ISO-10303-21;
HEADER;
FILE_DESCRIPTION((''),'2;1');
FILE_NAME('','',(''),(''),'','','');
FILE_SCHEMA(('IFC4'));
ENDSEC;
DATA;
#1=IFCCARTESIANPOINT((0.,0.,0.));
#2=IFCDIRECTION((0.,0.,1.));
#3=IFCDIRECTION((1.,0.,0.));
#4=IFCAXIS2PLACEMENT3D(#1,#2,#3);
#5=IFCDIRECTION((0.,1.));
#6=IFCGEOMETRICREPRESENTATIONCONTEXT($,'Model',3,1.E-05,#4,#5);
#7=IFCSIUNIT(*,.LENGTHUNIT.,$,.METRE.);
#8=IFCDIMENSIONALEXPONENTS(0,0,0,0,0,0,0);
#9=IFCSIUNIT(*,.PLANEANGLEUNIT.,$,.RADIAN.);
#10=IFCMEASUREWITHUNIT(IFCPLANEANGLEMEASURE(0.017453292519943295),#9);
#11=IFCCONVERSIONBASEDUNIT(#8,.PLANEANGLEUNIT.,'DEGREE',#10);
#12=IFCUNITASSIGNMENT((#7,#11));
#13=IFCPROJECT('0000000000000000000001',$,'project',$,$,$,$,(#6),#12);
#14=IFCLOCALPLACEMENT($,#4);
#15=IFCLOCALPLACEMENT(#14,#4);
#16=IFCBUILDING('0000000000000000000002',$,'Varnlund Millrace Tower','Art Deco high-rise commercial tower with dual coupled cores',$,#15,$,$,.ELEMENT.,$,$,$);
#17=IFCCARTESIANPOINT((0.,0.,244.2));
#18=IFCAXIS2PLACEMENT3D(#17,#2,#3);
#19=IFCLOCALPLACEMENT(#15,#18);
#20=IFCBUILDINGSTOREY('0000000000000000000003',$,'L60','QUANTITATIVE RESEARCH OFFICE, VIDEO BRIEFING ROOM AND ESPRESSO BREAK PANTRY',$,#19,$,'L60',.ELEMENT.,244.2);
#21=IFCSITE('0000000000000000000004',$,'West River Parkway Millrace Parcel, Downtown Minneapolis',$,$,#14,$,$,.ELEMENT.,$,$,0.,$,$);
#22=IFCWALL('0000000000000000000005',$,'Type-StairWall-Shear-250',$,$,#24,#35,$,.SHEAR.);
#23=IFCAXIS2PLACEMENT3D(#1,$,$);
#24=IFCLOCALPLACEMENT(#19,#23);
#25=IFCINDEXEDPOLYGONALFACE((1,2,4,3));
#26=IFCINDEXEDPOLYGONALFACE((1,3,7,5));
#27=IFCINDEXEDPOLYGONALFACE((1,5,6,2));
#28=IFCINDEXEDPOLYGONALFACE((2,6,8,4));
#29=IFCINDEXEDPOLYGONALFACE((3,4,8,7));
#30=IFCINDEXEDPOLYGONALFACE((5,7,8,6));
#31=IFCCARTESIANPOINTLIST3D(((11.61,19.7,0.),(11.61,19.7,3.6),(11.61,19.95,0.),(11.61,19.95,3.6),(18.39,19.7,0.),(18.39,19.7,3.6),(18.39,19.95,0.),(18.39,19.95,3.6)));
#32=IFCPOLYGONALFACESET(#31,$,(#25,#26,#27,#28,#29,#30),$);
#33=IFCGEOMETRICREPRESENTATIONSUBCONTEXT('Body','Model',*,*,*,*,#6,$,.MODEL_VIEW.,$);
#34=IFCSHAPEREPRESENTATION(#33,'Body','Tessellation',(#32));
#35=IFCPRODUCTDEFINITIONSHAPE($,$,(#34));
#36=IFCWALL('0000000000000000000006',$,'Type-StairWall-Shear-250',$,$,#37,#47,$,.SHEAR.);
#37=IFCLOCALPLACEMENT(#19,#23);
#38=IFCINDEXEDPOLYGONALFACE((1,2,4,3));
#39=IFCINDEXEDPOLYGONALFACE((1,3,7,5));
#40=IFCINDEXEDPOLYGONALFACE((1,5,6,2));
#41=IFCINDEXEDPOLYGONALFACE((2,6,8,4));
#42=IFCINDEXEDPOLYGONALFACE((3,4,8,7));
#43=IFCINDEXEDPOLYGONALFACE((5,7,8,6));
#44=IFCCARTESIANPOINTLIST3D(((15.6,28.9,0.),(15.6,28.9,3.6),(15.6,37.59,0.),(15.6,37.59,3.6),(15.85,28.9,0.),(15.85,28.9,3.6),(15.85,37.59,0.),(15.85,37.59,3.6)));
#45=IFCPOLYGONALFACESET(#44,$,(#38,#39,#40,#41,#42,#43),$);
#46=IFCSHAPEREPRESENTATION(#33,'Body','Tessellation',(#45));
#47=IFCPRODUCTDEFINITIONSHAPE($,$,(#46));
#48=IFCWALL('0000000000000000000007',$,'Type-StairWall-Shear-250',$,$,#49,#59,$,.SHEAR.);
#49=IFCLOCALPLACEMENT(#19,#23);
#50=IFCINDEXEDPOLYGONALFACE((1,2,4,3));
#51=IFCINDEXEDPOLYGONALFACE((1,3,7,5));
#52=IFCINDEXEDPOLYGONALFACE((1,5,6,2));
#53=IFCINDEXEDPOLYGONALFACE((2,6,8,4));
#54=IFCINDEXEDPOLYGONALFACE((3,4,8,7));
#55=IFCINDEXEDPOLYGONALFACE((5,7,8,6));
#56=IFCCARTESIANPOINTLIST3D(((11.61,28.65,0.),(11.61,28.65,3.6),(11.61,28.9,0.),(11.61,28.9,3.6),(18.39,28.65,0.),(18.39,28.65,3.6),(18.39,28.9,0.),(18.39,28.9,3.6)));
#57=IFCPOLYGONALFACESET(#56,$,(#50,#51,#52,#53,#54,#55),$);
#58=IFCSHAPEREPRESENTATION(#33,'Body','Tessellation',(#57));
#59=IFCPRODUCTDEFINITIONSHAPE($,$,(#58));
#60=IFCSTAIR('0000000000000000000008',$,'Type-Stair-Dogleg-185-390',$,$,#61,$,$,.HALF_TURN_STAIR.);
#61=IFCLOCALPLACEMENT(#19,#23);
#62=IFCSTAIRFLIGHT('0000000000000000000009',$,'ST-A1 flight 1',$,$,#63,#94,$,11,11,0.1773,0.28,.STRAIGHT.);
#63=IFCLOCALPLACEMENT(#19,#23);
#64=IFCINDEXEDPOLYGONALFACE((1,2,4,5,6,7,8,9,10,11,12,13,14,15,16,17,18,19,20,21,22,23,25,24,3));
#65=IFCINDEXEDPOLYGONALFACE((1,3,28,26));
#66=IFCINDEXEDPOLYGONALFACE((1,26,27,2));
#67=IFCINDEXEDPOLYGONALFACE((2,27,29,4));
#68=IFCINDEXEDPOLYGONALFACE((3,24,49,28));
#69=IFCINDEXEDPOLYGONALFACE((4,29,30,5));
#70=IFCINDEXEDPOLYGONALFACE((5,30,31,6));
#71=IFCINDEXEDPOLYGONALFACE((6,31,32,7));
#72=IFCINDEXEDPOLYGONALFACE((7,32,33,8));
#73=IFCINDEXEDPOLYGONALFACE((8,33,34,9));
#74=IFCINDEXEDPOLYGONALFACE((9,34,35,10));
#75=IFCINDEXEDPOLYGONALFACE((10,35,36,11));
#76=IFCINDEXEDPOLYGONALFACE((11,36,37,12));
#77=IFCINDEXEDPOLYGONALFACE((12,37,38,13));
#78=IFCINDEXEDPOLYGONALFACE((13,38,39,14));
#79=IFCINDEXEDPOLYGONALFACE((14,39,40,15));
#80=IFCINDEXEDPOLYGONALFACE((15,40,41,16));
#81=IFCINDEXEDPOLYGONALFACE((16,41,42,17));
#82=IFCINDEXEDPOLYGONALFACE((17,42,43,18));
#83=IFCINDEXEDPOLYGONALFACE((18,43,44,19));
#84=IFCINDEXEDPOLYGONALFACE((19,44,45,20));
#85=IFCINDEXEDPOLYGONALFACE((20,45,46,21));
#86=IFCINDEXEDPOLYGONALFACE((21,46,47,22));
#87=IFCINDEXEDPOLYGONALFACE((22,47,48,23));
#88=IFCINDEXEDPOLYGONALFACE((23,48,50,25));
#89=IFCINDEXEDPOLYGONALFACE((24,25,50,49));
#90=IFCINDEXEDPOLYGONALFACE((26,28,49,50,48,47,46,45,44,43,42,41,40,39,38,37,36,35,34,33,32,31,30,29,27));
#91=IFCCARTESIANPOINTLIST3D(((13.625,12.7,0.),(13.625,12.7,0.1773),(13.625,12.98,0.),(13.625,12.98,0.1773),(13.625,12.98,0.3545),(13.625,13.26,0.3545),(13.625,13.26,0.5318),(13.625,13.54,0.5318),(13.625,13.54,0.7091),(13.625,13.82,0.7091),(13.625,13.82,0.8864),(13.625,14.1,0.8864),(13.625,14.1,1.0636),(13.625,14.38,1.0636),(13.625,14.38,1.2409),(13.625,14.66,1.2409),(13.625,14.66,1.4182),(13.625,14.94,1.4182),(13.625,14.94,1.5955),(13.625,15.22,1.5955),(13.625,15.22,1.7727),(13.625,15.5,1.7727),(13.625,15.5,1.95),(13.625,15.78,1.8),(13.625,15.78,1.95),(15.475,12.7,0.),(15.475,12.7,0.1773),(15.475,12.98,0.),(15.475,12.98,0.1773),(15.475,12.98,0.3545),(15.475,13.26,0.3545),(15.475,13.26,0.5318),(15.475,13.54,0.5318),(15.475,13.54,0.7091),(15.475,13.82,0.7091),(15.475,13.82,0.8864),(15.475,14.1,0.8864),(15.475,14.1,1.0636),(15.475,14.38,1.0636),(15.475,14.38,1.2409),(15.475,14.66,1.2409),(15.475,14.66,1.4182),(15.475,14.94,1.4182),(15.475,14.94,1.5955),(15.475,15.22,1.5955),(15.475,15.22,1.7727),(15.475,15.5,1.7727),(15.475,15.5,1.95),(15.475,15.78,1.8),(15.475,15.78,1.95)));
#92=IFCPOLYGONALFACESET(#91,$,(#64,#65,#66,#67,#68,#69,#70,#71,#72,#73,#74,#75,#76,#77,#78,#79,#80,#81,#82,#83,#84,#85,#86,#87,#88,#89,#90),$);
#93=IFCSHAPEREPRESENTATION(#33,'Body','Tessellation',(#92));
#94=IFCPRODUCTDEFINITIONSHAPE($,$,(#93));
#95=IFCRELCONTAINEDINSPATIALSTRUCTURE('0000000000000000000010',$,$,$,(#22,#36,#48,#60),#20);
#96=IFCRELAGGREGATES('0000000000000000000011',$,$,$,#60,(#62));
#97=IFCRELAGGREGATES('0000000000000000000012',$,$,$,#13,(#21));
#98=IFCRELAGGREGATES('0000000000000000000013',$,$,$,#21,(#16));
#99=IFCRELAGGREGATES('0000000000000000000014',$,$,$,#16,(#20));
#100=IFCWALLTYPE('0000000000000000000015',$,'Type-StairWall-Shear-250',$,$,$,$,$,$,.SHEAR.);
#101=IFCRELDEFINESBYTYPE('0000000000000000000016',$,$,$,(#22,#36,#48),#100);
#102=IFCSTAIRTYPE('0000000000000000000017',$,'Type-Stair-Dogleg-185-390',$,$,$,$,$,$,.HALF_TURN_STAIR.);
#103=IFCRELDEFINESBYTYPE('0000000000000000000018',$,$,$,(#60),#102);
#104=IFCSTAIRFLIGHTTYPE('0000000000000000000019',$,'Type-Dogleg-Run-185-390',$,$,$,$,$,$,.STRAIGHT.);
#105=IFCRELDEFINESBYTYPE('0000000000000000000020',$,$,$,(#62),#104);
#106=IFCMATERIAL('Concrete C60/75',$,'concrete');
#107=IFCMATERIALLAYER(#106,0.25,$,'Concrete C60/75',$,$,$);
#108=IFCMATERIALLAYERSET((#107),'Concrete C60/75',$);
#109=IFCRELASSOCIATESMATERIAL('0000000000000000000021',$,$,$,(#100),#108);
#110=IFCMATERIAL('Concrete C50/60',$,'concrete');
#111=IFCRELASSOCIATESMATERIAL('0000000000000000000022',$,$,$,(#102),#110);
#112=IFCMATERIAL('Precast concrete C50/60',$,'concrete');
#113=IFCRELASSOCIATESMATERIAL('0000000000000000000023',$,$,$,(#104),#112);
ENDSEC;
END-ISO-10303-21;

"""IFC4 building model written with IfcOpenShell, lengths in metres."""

from ifc_helpers import new_model, entity, si_unit, converted_unit, direction, frame, origin_with_axes, place, context, subcontext, project, spatial, polyline, outline, extrude, material, layer, layer_set, type_object, element, aggregate, save


model = new_model("IFC4")

# Units and contexts
model_context = context("Model", 3, precision=1e-05, world=origin_with_axes(), true_north=direction((0.0, 1.0)))
body_context = subcontext(model_context, "Body", "Model", "MODEL_VIEW")
ifc_project = project(units=[si_unit("LENGTHUNIT", "METRE"), converted_unit("PLANEANGLEUNIT", "DEGREE", entity("IfcPlaneAngleMeasure", 0.017453292519943295), si_unit("PLANEANGLEUNIT", "RADIAN"), dimensions=[0, 0, 0, 0, 0, 0, 0])], contexts=[model_context])

# Site, building, storey
site_placement = place(None, origin_with_axes())
site = spatial("IfcSite", under=ifc_project, at=site_placement, Name="West River Parkway Millrace Parcel, Downtown Minneapolis", CompositionType="ELEMENT", RefElevation=0.0)
building_placement = place(site_placement, origin_with_axes())
building = spatial("IfcBuilding", under=site, at=building_placement, Name="Varnlund Millrace Tower", Description="Art Deco high-rise commercial tower with dual coupled cores", CompositionType="ELEMENT")
storey_placement = place(building_placement, frame((0.0, 0.0, 244.2), z_axis=(0.0, 0.0, 1.0), x_axis=(1.0, 0.0, 0.0)))
storey = spatial("IfcBuildingStorey", under=building, at=storey_placement, Name="L60", Description="QUANTITATIVE RESEARCH OFFICE, VIDEO BRIEFING ROOM AND ESPRESSO BREAK PANTRY", LongName="L60", CompositionType="ELEMENT", Elevation=244.2)

# Shared definitions
ifc_material_1 = material(Name="Concrete C60/75", Category="concrete")

# Shared definitions
ifc_layer_1 = layer(ifc_material_1, 0.25, Name="Concrete C60/75")
ifc_layer_set_1 = layer_set([ifc_layer_1], Name="Concrete C60/75")

# Walls
wall_type_1 = type_object("IfcWallType", Name="Type-StairWall-Shear-250", PredefinedType="SHEAR", material=ifc_layer_set_1)
wall_1_placement = place(storey_placement, frame((11.61, 19.825, 0.0), z_axis=(0.0, 0.0, 1.0), x_axis=(1.0, 0.0, 0.0)))
element("IfcWall", 1, at=wall_1_placement, inside=storey, type_object=wall_type_1, Name="Type-StairWall-Shear-250", PredefinedType="SHEAR", context=body_context, shape_type="SweptSolid", body=[
    extrude(outline(polyline([(0.0, -0.125), (6.78, -0.125), (6.78, 0.125), (0.0, 0.125), (0.0, -0.125)])), origin_with_axes(), (0.0, 0.0, 1.0), 3.6),
])
wall_2_placement = place(storey_placement, frame((15.725, 28.9, 0.0), z_axis=(0.0, 0.0, 1.0), x_axis=(0.0, 1.0, 0.0)))
element("IfcWall", 2, at=wall_2_placement, inside=storey, type_object=wall_type_1, Name="Type-StairWall-Shear-250", PredefinedType="SHEAR", context=body_context, shape_type="SweptSolid", body=[
    extrude(outline(polyline([(0.0, -0.125), (8.69, -0.125), (8.69, 0.125), (0.0, 0.125), (0.0, -0.125)])), origin_with_axes(), (0.0, 0.0, 1.0), 3.6),
])
wall_3_placement = place(storey_placement, frame((11.61, 28.775, 0.0), z_axis=(0.0, 0.0, 1.0), x_axis=(1.0, 0.0, 0.0)))
element("IfcWall", 3, at=wall_3_placement, inside=storey, type_object=wall_type_1, Name="Type-StairWall-Shear-250", PredefinedType="SHEAR", context=body_context, shape_type="SweptSolid", body=[
    extrude(outline(polyline([(0.0, -0.125), (6.78, -0.125), (6.78, 0.125), (0.0, 0.125), (0.0, -0.125)])), origin_with_axes(), (0.0, 0.0, 1.0), 3.6),
])

# Stair, stair flight
ifc_material_2 = material(Name="Concrete C50/60", Category="concrete")
stair_type = type_object("IfcStairType", Name="Type-Stair-Dogleg-185-390", PredefinedType="HALF_TURN_STAIR", material=ifc_material_2)
stair_placement = place(storey_placement, origin_with_axes())
stair = element("IfcStair", 4, at=stair_placement, inside=storey, type_object=stair_type, Name="Type-Stair-Dogleg-185-390", PredefinedType="HALF_TURN_STAIR")
ifc_material_3 = material(Name="Precast concrete C50/60", Category="concrete")
stair_flight_type = type_object("IfcStairFlightType", Name="Type-Dogleg-Run-185-390", PredefinedType="STRAIGHT", material=ifc_material_3)
stair_flight_placement = place(storey_placement, frame((13.625, 12.7, 0.0), z_axis=(1.0, 0.0, 0.0), x_axis=(0.0, 1.0, 0.0)))
stair_flight = element("IfcStairFlight", 5, at=stair_flight_placement, type_object=stair_flight_type, Name="ST-A1 flight 1", NumberOfRisers=11, NumberOfTreads=11, PredefinedType="STRAIGHT", RiserHeight=0.1773, TreadLength=0.28, context=body_context, shape_type="SweptSolid", body=[
    extrude(outline(polyline([(0.0, 0.0), (0.0, 0.1773), (0.28, 0.1773), (0.28, 0.3545), (0.56, 0.3545), (0.56, 0.5318), (0.84, 0.5318), (0.84, 0.7091), (1.12, 0.7091), (1.12, 0.8864), (1.4, 0.8864), (1.4, 1.0636), (1.68, 1.0636), (1.68, 1.2409), (1.96, 1.2409), (1.96, 1.4182), (2.24, 1.4182), (2.24, 1.5955), (2.52, 1.5955), (2.52, 1.7727), (2.8, 1.7727), (2.8, 1.95), (3.08, 1.95), (3.08, 1.8), (0.28, 0.0), (0.0, 0.0)])), origin_with_axes(), (0.0, 0.0, 1.0), 1.85),
])
aggregate(stair, [stair_flight])

save(model, "model.ifc")
